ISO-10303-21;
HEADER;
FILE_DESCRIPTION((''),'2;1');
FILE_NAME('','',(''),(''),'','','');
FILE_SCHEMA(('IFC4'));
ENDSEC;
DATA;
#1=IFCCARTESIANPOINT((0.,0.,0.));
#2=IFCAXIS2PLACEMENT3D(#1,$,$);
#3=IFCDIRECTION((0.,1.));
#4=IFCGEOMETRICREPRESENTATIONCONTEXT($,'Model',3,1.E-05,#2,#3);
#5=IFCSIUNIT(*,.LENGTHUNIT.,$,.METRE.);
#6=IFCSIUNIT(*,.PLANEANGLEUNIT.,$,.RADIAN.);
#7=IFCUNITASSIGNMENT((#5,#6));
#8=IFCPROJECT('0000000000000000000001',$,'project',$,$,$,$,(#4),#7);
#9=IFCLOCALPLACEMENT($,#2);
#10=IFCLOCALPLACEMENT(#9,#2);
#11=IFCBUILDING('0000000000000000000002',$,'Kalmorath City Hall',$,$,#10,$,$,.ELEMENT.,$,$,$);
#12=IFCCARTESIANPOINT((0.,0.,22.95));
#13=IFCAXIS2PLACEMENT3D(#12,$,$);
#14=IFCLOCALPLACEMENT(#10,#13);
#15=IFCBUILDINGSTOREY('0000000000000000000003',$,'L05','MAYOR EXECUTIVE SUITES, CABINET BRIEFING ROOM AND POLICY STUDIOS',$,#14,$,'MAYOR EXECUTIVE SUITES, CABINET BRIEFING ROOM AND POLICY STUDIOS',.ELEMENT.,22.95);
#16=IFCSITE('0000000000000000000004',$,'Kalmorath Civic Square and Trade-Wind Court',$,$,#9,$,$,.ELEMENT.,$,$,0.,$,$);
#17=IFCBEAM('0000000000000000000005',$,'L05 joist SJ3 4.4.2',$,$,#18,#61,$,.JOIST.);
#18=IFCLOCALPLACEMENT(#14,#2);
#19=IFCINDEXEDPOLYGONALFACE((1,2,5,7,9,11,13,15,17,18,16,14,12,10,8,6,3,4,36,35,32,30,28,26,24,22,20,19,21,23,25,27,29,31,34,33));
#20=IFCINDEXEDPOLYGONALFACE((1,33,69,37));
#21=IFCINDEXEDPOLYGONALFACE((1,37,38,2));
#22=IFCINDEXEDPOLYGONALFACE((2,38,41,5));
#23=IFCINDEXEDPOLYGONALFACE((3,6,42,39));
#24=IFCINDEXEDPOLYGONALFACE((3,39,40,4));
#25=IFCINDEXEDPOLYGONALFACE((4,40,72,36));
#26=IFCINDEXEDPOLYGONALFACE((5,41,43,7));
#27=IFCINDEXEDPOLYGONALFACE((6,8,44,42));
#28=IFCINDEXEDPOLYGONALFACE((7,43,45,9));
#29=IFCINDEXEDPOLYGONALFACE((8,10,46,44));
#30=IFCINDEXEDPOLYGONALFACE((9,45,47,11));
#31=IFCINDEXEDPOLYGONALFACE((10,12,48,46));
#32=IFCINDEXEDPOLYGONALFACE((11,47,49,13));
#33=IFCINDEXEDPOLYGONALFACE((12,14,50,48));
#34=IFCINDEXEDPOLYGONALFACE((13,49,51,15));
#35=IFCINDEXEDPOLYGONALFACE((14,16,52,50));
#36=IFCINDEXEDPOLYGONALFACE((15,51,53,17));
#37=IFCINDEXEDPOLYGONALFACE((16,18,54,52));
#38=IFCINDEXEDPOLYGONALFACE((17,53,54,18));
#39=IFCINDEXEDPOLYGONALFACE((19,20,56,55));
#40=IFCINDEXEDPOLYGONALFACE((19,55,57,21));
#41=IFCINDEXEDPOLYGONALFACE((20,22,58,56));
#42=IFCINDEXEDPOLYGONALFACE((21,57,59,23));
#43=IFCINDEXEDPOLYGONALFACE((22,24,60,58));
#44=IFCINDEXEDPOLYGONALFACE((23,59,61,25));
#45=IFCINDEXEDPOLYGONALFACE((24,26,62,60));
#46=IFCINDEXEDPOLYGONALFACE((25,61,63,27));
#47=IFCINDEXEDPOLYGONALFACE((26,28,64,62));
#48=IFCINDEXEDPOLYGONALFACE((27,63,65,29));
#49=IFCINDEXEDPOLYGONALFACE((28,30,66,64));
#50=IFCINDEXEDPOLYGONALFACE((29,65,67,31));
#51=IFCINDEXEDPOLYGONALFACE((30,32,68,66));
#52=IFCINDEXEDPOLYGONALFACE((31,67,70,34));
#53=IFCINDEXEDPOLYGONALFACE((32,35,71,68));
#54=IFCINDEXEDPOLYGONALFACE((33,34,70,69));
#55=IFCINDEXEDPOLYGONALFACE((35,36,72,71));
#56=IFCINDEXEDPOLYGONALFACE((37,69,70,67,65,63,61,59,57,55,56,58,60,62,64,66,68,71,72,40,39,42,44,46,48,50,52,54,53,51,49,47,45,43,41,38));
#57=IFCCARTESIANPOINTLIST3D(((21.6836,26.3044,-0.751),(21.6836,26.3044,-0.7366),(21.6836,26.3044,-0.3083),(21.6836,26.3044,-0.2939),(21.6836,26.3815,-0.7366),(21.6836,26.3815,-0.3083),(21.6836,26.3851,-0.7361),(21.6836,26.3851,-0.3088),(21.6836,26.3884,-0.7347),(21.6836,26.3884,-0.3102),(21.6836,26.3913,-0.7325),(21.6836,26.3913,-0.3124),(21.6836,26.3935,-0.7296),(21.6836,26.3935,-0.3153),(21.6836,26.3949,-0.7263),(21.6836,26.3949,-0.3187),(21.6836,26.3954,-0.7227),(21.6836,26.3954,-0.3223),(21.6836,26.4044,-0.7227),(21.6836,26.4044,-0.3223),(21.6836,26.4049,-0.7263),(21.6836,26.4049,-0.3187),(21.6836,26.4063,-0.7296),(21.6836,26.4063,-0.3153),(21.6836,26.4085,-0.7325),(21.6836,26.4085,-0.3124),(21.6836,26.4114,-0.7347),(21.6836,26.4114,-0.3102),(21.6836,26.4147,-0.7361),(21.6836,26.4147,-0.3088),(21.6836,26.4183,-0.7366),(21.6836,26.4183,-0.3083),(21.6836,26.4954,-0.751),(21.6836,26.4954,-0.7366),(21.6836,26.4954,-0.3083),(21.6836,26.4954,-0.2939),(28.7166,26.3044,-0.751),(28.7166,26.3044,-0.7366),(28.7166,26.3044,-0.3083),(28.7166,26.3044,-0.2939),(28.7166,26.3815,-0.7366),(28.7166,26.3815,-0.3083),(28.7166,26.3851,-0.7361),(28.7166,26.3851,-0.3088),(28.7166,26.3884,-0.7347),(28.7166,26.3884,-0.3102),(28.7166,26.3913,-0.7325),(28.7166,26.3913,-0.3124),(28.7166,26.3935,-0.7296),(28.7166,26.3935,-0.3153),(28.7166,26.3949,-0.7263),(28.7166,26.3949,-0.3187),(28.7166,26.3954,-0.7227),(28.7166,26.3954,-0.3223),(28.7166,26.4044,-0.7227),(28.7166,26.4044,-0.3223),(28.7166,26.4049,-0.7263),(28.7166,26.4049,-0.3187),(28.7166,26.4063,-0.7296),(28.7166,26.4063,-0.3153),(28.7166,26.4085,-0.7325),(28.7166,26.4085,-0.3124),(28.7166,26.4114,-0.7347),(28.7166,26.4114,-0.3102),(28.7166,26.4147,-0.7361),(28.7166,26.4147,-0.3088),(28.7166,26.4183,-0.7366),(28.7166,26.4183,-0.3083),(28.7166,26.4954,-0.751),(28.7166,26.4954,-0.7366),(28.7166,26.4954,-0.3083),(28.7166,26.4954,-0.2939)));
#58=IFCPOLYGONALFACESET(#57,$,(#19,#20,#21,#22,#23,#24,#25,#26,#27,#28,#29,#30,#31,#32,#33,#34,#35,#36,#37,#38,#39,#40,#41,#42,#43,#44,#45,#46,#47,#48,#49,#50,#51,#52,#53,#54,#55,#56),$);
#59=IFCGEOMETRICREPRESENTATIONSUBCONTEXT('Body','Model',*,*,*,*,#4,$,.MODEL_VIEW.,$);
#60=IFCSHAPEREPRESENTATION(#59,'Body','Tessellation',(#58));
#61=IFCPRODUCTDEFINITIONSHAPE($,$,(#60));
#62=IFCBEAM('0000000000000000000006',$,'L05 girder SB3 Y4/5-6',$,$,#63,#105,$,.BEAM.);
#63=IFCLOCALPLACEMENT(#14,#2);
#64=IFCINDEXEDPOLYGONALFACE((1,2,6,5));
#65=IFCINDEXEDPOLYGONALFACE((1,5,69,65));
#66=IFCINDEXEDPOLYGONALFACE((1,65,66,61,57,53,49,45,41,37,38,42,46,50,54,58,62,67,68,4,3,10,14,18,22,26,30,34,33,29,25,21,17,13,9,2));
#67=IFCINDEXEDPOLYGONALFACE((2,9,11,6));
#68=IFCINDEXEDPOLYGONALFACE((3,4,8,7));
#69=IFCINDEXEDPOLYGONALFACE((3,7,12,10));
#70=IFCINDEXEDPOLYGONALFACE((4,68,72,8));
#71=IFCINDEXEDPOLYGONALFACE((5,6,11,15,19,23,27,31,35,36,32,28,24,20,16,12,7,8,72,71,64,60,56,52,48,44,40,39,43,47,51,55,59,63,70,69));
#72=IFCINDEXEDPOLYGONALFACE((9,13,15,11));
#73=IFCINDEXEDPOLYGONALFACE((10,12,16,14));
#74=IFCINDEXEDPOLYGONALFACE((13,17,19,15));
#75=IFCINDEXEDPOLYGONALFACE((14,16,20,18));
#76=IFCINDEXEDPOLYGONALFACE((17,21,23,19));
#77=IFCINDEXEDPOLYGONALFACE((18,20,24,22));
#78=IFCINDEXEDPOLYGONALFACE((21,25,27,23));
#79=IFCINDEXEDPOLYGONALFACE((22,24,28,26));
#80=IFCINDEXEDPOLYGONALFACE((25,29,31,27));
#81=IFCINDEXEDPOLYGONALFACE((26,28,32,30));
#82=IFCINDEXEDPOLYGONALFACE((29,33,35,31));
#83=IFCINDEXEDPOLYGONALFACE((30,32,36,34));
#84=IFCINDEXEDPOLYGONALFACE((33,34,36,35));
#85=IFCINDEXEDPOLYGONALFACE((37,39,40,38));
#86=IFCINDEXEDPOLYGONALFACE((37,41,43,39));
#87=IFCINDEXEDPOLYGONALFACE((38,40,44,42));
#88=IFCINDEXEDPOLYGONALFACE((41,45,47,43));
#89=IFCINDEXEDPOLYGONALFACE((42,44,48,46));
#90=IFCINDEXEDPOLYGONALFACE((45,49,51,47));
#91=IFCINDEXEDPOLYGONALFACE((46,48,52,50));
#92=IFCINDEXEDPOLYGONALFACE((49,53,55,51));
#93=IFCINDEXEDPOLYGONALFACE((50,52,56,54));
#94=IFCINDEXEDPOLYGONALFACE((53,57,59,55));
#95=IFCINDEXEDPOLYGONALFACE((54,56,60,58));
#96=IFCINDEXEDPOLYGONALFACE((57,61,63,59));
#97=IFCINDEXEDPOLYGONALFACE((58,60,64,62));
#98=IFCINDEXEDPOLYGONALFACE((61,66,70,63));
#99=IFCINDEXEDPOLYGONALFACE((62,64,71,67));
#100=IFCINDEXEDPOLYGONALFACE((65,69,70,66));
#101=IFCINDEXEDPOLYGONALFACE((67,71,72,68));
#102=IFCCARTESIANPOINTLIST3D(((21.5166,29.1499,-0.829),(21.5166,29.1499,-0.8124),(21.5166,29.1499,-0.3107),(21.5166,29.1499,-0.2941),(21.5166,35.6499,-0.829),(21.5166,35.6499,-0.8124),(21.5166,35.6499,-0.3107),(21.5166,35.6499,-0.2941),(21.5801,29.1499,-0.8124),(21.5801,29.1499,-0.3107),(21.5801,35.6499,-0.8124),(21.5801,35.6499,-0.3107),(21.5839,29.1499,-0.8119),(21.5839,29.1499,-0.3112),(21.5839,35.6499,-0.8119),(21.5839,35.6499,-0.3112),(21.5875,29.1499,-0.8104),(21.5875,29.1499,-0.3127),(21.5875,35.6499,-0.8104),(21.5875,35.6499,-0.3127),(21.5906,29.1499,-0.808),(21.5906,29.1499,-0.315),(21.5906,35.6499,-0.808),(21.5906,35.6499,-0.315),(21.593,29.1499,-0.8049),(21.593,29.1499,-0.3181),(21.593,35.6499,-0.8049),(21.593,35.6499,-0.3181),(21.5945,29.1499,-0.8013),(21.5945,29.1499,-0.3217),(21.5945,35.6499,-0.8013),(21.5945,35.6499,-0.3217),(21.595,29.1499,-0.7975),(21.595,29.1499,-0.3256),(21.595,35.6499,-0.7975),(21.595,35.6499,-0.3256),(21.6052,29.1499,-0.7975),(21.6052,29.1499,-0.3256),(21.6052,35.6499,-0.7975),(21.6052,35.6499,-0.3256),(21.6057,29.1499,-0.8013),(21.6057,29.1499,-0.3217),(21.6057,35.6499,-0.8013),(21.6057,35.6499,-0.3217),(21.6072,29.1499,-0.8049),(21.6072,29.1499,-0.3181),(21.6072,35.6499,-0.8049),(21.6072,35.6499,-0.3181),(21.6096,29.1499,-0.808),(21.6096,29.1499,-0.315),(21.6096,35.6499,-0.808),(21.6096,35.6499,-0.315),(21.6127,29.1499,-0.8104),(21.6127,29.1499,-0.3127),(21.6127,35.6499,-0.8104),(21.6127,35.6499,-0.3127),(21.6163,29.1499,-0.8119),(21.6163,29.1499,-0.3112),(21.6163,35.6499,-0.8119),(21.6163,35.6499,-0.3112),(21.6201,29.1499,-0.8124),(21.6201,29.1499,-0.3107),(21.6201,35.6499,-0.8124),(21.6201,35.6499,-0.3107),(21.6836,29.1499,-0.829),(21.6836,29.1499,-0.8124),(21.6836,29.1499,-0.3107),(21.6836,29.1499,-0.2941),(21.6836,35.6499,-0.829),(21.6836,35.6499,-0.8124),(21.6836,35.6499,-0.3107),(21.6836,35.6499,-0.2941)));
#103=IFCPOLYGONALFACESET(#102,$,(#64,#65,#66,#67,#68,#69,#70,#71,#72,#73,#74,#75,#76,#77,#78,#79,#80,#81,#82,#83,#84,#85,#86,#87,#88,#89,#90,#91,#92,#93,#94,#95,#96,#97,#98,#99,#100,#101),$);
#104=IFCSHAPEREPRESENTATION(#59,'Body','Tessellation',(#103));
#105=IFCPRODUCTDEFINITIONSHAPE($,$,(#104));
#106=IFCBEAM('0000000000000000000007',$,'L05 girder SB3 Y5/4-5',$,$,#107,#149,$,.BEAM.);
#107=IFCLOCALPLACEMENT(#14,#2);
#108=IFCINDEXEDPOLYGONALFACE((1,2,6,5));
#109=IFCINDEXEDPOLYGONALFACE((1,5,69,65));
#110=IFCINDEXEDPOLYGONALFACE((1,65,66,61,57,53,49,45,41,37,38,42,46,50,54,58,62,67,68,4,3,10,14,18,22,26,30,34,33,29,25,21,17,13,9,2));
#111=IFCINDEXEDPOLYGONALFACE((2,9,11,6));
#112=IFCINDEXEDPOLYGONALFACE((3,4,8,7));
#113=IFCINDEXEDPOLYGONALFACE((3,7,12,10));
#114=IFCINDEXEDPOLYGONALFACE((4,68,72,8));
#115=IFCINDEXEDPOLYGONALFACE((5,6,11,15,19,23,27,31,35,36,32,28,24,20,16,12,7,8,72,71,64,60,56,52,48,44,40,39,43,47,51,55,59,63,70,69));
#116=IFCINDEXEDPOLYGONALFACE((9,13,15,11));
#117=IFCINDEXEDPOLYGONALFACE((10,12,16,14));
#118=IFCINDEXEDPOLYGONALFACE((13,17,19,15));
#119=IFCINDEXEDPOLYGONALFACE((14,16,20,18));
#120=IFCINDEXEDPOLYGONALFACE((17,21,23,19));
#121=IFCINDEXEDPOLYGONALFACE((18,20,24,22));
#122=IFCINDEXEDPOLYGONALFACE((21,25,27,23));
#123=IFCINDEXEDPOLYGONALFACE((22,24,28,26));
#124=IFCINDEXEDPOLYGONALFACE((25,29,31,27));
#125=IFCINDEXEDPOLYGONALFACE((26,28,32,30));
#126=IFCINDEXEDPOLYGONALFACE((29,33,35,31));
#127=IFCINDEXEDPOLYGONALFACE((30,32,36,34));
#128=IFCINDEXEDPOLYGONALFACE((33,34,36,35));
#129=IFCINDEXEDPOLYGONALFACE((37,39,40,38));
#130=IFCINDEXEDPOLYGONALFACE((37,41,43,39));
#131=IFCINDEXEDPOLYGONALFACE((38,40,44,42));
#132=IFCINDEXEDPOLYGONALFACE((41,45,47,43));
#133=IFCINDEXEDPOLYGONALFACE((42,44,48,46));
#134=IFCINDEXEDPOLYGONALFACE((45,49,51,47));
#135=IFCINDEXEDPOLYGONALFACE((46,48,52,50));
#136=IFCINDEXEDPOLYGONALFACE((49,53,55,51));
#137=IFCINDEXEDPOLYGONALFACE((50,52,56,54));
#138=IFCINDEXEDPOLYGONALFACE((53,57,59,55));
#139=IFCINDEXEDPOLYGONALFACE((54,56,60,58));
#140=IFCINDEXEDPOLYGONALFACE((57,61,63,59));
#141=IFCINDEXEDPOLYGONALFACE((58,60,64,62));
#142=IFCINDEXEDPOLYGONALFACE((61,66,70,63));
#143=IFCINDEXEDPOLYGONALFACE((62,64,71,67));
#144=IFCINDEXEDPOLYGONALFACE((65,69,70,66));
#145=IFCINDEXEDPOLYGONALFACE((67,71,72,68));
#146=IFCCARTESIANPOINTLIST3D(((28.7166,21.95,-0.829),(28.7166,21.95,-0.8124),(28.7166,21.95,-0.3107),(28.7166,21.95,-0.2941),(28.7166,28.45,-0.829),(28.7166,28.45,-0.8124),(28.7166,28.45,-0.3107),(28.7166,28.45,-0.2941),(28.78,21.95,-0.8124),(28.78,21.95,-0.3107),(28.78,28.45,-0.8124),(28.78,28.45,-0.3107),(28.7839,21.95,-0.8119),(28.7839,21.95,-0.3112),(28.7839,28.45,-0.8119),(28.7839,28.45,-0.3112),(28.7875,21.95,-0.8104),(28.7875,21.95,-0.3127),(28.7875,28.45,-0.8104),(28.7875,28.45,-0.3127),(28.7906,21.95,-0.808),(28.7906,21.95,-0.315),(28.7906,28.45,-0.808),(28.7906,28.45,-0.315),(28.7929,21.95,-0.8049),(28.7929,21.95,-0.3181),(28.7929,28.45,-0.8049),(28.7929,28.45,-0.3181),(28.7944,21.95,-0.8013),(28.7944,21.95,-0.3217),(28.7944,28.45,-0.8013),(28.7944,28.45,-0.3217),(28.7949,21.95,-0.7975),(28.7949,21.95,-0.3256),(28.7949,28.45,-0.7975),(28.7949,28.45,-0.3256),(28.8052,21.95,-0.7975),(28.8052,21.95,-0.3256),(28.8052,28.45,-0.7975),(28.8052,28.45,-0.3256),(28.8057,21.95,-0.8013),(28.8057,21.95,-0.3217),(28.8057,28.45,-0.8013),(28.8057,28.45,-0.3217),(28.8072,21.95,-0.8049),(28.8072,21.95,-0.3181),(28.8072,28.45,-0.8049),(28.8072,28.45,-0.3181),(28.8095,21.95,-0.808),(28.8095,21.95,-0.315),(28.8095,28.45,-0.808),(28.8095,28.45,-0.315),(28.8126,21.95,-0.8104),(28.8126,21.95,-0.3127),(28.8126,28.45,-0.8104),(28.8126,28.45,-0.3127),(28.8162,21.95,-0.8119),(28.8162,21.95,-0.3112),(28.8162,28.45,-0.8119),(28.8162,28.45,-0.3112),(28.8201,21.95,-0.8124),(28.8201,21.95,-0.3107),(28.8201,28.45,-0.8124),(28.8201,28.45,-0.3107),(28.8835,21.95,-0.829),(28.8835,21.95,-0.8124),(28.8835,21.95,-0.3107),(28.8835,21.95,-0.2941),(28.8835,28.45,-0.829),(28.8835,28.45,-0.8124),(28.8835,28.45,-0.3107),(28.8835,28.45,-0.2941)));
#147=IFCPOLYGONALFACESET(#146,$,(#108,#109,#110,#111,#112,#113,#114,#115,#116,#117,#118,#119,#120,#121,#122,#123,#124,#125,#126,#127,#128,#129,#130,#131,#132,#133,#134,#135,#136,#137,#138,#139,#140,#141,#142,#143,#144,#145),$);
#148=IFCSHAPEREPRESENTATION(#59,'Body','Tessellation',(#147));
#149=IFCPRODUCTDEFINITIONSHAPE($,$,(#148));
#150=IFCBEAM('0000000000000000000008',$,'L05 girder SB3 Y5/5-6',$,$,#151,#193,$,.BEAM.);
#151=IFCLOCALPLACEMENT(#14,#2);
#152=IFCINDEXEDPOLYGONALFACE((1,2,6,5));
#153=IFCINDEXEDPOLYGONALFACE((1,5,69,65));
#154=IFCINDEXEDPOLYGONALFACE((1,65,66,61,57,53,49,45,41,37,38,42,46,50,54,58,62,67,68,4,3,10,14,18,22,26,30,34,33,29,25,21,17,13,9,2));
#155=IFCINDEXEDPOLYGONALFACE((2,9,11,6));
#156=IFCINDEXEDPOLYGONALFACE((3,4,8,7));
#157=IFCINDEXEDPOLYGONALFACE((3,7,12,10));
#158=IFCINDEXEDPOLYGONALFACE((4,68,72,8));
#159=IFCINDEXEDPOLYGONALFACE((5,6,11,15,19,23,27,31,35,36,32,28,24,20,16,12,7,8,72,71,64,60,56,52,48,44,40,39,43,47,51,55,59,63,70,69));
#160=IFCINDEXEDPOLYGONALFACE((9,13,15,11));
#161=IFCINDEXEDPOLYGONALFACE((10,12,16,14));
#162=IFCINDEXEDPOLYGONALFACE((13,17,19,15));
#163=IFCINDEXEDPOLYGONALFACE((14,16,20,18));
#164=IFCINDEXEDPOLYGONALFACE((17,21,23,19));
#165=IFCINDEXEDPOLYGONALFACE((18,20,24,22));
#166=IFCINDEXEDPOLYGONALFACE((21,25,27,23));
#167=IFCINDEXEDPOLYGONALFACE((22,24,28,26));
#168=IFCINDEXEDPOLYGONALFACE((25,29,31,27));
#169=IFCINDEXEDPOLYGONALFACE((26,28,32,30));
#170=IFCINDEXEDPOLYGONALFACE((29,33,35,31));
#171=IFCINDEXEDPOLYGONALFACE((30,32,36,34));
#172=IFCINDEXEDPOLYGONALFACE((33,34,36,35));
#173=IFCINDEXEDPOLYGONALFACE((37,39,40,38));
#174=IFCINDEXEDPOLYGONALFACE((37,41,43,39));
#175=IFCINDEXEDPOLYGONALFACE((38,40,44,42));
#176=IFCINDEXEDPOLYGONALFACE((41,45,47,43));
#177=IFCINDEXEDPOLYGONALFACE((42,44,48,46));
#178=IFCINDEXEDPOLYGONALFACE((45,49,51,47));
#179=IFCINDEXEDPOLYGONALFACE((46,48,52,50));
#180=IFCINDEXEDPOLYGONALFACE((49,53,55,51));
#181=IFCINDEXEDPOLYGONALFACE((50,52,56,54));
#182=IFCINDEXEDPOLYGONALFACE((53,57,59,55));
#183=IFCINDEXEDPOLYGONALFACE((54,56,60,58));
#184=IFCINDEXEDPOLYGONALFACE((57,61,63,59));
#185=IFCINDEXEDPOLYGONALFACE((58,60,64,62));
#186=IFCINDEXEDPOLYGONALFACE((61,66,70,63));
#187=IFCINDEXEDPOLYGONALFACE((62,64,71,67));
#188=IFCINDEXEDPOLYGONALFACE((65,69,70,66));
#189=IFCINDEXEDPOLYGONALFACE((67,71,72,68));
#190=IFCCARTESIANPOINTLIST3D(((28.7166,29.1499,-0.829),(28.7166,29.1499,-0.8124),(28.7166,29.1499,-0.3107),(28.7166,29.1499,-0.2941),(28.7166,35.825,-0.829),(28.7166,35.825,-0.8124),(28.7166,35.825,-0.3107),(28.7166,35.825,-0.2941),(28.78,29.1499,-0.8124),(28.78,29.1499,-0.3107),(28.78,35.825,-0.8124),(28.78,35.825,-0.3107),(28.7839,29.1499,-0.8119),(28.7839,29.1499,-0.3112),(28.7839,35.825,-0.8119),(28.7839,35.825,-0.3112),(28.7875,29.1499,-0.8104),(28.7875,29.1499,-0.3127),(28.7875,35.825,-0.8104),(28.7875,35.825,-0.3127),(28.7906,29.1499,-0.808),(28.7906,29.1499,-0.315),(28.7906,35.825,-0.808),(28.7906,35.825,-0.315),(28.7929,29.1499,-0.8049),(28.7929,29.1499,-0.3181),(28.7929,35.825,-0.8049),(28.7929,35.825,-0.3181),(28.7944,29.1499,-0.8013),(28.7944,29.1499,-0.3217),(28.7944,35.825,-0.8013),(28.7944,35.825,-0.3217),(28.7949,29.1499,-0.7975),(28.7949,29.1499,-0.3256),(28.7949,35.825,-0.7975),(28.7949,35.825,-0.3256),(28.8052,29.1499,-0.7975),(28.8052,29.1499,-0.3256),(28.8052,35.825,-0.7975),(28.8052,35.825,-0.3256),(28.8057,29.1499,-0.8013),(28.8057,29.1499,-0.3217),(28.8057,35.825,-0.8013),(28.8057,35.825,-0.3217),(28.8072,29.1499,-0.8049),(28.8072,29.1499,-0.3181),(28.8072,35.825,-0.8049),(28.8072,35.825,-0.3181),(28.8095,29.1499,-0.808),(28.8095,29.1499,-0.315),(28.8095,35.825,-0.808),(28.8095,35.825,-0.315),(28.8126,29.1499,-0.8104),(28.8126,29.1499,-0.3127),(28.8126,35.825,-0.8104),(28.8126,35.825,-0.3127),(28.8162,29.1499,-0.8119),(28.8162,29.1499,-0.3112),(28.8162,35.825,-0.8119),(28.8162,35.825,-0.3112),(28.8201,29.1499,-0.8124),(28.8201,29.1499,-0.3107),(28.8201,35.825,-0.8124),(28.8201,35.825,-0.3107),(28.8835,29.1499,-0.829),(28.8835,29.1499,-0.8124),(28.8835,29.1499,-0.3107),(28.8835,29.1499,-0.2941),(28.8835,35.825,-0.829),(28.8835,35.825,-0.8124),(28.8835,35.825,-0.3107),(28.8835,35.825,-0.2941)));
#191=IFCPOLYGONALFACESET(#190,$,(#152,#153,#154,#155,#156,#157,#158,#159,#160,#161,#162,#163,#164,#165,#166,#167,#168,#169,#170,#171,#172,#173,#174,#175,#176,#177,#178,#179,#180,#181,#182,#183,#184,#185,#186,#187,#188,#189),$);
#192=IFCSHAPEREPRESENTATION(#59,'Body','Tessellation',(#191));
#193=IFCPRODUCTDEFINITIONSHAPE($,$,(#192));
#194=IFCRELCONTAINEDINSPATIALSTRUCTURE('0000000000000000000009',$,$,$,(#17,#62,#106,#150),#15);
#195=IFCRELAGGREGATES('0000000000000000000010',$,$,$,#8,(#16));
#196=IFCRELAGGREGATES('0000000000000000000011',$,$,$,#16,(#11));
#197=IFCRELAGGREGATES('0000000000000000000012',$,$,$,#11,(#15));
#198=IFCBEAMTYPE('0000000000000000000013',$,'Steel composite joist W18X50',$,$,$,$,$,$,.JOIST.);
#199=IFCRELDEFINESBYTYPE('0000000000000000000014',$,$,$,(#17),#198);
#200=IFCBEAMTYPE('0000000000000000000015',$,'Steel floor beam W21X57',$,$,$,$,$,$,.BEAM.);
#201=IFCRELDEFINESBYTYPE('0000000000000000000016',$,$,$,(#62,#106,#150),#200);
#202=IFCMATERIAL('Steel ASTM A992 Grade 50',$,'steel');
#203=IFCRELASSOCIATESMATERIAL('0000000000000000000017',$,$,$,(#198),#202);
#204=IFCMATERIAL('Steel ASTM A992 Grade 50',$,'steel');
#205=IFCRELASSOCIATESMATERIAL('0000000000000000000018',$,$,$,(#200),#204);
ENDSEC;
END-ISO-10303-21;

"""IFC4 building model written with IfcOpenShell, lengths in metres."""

from ifc_helpers import new_model, si_unit, direction, frame, origin, origin_2d, place, context, subcontext, project, spatial, i_section, extrude, material, material_profile, profile_set, type_object, element, save


model = new_model("IFC4")

# Units and contexts
model_context = context("Model", 3, precision=1e-05, world=origin(), true_north=direction((0.0, 1.0)))
body_context = subcontext(model_context, "Body", "Model", "MODEL_VIEW")
ifc_project = project(units=[si_unit("LENGTHUNIT", "METRE"), si_unit("PLANEANGLEUNIT", "RADIAN")], contexts=[model_context])

# Site, building, storey
site_placement = place(None, origin())
site = spatial("IfcSite", under=ifc_project, at=site_placement, Name="Kalmorath Civic Square and Trade-Wind Court", CompositionType="ELEMENT", RefElevation=0.0)
building_placement = place(site_placement, origin())
building = spatial("IfcBuilding", under=site, at=building_placement, Name="Kalmorath City Hall", CompositionType="ELEMENT")
storey_placement = place(building_placement, frame((0.0, 0.0, 22.95)))
storey = spatial("IfcBuildingStorey", under=building, at=storey_placement, Name="L05", Description="MAYOR EXECUTIVE SUITES, CABINET BRIEFING ROOM AND POLICY STUDIOS", LongName="MAYOR EXECUTIVE SUITES, CABINET BRIEFING ROOM AND POLICY STUDIOS", CompositionType="ELEMENT", Elevation=22.95)

# Beams
ifc_material_1 = material(Name="Steel ASTM A992 Grade 50", Category="steel")
ifc_material_profile_1 = material_profile(ifc_material_1, i_section(OverallWidth=0.1909, OverallDepth=0.457, WebThickness=0.009, FlangeThickness=0.0144, FilletRadius=0.0139, at=origin_2d()), Name="W18X50")
ifc_profile_set_1 = profile_set([ifc_material_profile_1], Name="Steel ASTM A992 Grade 50")
beam_type_1 = type_object("IfcBeamType", Name="Steel composite joist W18X50", PredefinedType="JOIST", material=ifc_profile_set_1)
for number, where, z_axis, x_axis, name in (
    (1, (21.6836, 26.3999, -0.5225), (1.0, 0.0, 0.0), (0.0, 1.0, 0.0), "L05 joist SJ3 4.4.2"),
):
    element("IfcBeam", number, at=place(storey_placement, frame(where, z_axis=z_axis, x_axis=x_axis)), inside=storey, type_object=beam_type_1, Name=name, PredefinedType="JOIST", context=body_context, shape_type="SweptSolid", body=[
        extrude(i_section(OverallWidth=0.1909, OverallDepth=0.457, WebThickness=0.009, FlangeThickness=0.0144, FilletRadius=0.0139, at=origin_2d()), origin(), (0.0, 0.0, 1.0), 7.033),
    ])
ifc_material_2 = material(Name="Steel ASTM A992 Grade 50", Category="steel")
ifc_material_profile_2 = material_profile(ifc_material_2, i_section(OverallWidth=0.167, OverallDepth=0.5349, WebThickness=0.0103, FlangeThickness=0.0166, FilletRadius=0.0149, at=origin_2d()), Name="W21X57")
ifc_profile_set_2 = profile_set([ifc_material_profile_2], Name="Steel ASTM A992 Grade 50")
beam_type_2 = type_object("IfcBeamType", Name="Steel floor beam W21X57", PredefinedType="BEAM", material=ifc_profile_set_2)
for number, where, z_axis, x_axis, name in (
    (2, (21.6001, 29.1499, -0.5615), (0.0, 1.0, 0.0), (-1.0, 0.0, 0.0), "L05 girder SB3 Y4/5-6"),
    (3, (28.8, 21.95, -0.5615), (0.0, 1.0, 0.0), (-1.0, 0.0, 0.0), "L05 girder SB3 Y5/4-5"),
):
    element("IfcBeam", number, at=place(storey_placement, frame(where, z_axis=z_axis, x_axis=x_axis)), inside=storey, type_object=beam_type_2, Name=name, PredefinedType="BEAM", context=body_context, shape_type="SweptSolid", body=[
        extrude(i_section(OverallWidth=0.167, OverallDepth=0.5349, WebThickness=0.0103, FlangeThickness=0.0166, FilletRadius=0.0149, at=origin_2d()), origin(), (0.0, 0.0, 1.0), 6.5),
    ])
beam_1_placement = place(storey_placement, frame((28.8, 29.1499, -0.5615), z_axis=(0.0, 1.0, 0.0), x_axis=(-1.0, 0.0, 0.0)))
element("IfcBeam", 4, at=beam_1_placement, inside=storey, type_object=beam_type_2, Name="L05 girder SB3 Y5/5-6", PredefinedType="BEAM", context=body_context, shape_type="SweptSolid", body=[
    extrude(i_section(OverallWidth=0.167, OverallDepth=0.5349, WebThickness=0.0103, FlangeThickness=0.0166, FilletRadius=0.0149, at=origin_2d()), origin(), (0.0, 0.0, 1.0), 6.675),
])

save(model, "model.ifc")
